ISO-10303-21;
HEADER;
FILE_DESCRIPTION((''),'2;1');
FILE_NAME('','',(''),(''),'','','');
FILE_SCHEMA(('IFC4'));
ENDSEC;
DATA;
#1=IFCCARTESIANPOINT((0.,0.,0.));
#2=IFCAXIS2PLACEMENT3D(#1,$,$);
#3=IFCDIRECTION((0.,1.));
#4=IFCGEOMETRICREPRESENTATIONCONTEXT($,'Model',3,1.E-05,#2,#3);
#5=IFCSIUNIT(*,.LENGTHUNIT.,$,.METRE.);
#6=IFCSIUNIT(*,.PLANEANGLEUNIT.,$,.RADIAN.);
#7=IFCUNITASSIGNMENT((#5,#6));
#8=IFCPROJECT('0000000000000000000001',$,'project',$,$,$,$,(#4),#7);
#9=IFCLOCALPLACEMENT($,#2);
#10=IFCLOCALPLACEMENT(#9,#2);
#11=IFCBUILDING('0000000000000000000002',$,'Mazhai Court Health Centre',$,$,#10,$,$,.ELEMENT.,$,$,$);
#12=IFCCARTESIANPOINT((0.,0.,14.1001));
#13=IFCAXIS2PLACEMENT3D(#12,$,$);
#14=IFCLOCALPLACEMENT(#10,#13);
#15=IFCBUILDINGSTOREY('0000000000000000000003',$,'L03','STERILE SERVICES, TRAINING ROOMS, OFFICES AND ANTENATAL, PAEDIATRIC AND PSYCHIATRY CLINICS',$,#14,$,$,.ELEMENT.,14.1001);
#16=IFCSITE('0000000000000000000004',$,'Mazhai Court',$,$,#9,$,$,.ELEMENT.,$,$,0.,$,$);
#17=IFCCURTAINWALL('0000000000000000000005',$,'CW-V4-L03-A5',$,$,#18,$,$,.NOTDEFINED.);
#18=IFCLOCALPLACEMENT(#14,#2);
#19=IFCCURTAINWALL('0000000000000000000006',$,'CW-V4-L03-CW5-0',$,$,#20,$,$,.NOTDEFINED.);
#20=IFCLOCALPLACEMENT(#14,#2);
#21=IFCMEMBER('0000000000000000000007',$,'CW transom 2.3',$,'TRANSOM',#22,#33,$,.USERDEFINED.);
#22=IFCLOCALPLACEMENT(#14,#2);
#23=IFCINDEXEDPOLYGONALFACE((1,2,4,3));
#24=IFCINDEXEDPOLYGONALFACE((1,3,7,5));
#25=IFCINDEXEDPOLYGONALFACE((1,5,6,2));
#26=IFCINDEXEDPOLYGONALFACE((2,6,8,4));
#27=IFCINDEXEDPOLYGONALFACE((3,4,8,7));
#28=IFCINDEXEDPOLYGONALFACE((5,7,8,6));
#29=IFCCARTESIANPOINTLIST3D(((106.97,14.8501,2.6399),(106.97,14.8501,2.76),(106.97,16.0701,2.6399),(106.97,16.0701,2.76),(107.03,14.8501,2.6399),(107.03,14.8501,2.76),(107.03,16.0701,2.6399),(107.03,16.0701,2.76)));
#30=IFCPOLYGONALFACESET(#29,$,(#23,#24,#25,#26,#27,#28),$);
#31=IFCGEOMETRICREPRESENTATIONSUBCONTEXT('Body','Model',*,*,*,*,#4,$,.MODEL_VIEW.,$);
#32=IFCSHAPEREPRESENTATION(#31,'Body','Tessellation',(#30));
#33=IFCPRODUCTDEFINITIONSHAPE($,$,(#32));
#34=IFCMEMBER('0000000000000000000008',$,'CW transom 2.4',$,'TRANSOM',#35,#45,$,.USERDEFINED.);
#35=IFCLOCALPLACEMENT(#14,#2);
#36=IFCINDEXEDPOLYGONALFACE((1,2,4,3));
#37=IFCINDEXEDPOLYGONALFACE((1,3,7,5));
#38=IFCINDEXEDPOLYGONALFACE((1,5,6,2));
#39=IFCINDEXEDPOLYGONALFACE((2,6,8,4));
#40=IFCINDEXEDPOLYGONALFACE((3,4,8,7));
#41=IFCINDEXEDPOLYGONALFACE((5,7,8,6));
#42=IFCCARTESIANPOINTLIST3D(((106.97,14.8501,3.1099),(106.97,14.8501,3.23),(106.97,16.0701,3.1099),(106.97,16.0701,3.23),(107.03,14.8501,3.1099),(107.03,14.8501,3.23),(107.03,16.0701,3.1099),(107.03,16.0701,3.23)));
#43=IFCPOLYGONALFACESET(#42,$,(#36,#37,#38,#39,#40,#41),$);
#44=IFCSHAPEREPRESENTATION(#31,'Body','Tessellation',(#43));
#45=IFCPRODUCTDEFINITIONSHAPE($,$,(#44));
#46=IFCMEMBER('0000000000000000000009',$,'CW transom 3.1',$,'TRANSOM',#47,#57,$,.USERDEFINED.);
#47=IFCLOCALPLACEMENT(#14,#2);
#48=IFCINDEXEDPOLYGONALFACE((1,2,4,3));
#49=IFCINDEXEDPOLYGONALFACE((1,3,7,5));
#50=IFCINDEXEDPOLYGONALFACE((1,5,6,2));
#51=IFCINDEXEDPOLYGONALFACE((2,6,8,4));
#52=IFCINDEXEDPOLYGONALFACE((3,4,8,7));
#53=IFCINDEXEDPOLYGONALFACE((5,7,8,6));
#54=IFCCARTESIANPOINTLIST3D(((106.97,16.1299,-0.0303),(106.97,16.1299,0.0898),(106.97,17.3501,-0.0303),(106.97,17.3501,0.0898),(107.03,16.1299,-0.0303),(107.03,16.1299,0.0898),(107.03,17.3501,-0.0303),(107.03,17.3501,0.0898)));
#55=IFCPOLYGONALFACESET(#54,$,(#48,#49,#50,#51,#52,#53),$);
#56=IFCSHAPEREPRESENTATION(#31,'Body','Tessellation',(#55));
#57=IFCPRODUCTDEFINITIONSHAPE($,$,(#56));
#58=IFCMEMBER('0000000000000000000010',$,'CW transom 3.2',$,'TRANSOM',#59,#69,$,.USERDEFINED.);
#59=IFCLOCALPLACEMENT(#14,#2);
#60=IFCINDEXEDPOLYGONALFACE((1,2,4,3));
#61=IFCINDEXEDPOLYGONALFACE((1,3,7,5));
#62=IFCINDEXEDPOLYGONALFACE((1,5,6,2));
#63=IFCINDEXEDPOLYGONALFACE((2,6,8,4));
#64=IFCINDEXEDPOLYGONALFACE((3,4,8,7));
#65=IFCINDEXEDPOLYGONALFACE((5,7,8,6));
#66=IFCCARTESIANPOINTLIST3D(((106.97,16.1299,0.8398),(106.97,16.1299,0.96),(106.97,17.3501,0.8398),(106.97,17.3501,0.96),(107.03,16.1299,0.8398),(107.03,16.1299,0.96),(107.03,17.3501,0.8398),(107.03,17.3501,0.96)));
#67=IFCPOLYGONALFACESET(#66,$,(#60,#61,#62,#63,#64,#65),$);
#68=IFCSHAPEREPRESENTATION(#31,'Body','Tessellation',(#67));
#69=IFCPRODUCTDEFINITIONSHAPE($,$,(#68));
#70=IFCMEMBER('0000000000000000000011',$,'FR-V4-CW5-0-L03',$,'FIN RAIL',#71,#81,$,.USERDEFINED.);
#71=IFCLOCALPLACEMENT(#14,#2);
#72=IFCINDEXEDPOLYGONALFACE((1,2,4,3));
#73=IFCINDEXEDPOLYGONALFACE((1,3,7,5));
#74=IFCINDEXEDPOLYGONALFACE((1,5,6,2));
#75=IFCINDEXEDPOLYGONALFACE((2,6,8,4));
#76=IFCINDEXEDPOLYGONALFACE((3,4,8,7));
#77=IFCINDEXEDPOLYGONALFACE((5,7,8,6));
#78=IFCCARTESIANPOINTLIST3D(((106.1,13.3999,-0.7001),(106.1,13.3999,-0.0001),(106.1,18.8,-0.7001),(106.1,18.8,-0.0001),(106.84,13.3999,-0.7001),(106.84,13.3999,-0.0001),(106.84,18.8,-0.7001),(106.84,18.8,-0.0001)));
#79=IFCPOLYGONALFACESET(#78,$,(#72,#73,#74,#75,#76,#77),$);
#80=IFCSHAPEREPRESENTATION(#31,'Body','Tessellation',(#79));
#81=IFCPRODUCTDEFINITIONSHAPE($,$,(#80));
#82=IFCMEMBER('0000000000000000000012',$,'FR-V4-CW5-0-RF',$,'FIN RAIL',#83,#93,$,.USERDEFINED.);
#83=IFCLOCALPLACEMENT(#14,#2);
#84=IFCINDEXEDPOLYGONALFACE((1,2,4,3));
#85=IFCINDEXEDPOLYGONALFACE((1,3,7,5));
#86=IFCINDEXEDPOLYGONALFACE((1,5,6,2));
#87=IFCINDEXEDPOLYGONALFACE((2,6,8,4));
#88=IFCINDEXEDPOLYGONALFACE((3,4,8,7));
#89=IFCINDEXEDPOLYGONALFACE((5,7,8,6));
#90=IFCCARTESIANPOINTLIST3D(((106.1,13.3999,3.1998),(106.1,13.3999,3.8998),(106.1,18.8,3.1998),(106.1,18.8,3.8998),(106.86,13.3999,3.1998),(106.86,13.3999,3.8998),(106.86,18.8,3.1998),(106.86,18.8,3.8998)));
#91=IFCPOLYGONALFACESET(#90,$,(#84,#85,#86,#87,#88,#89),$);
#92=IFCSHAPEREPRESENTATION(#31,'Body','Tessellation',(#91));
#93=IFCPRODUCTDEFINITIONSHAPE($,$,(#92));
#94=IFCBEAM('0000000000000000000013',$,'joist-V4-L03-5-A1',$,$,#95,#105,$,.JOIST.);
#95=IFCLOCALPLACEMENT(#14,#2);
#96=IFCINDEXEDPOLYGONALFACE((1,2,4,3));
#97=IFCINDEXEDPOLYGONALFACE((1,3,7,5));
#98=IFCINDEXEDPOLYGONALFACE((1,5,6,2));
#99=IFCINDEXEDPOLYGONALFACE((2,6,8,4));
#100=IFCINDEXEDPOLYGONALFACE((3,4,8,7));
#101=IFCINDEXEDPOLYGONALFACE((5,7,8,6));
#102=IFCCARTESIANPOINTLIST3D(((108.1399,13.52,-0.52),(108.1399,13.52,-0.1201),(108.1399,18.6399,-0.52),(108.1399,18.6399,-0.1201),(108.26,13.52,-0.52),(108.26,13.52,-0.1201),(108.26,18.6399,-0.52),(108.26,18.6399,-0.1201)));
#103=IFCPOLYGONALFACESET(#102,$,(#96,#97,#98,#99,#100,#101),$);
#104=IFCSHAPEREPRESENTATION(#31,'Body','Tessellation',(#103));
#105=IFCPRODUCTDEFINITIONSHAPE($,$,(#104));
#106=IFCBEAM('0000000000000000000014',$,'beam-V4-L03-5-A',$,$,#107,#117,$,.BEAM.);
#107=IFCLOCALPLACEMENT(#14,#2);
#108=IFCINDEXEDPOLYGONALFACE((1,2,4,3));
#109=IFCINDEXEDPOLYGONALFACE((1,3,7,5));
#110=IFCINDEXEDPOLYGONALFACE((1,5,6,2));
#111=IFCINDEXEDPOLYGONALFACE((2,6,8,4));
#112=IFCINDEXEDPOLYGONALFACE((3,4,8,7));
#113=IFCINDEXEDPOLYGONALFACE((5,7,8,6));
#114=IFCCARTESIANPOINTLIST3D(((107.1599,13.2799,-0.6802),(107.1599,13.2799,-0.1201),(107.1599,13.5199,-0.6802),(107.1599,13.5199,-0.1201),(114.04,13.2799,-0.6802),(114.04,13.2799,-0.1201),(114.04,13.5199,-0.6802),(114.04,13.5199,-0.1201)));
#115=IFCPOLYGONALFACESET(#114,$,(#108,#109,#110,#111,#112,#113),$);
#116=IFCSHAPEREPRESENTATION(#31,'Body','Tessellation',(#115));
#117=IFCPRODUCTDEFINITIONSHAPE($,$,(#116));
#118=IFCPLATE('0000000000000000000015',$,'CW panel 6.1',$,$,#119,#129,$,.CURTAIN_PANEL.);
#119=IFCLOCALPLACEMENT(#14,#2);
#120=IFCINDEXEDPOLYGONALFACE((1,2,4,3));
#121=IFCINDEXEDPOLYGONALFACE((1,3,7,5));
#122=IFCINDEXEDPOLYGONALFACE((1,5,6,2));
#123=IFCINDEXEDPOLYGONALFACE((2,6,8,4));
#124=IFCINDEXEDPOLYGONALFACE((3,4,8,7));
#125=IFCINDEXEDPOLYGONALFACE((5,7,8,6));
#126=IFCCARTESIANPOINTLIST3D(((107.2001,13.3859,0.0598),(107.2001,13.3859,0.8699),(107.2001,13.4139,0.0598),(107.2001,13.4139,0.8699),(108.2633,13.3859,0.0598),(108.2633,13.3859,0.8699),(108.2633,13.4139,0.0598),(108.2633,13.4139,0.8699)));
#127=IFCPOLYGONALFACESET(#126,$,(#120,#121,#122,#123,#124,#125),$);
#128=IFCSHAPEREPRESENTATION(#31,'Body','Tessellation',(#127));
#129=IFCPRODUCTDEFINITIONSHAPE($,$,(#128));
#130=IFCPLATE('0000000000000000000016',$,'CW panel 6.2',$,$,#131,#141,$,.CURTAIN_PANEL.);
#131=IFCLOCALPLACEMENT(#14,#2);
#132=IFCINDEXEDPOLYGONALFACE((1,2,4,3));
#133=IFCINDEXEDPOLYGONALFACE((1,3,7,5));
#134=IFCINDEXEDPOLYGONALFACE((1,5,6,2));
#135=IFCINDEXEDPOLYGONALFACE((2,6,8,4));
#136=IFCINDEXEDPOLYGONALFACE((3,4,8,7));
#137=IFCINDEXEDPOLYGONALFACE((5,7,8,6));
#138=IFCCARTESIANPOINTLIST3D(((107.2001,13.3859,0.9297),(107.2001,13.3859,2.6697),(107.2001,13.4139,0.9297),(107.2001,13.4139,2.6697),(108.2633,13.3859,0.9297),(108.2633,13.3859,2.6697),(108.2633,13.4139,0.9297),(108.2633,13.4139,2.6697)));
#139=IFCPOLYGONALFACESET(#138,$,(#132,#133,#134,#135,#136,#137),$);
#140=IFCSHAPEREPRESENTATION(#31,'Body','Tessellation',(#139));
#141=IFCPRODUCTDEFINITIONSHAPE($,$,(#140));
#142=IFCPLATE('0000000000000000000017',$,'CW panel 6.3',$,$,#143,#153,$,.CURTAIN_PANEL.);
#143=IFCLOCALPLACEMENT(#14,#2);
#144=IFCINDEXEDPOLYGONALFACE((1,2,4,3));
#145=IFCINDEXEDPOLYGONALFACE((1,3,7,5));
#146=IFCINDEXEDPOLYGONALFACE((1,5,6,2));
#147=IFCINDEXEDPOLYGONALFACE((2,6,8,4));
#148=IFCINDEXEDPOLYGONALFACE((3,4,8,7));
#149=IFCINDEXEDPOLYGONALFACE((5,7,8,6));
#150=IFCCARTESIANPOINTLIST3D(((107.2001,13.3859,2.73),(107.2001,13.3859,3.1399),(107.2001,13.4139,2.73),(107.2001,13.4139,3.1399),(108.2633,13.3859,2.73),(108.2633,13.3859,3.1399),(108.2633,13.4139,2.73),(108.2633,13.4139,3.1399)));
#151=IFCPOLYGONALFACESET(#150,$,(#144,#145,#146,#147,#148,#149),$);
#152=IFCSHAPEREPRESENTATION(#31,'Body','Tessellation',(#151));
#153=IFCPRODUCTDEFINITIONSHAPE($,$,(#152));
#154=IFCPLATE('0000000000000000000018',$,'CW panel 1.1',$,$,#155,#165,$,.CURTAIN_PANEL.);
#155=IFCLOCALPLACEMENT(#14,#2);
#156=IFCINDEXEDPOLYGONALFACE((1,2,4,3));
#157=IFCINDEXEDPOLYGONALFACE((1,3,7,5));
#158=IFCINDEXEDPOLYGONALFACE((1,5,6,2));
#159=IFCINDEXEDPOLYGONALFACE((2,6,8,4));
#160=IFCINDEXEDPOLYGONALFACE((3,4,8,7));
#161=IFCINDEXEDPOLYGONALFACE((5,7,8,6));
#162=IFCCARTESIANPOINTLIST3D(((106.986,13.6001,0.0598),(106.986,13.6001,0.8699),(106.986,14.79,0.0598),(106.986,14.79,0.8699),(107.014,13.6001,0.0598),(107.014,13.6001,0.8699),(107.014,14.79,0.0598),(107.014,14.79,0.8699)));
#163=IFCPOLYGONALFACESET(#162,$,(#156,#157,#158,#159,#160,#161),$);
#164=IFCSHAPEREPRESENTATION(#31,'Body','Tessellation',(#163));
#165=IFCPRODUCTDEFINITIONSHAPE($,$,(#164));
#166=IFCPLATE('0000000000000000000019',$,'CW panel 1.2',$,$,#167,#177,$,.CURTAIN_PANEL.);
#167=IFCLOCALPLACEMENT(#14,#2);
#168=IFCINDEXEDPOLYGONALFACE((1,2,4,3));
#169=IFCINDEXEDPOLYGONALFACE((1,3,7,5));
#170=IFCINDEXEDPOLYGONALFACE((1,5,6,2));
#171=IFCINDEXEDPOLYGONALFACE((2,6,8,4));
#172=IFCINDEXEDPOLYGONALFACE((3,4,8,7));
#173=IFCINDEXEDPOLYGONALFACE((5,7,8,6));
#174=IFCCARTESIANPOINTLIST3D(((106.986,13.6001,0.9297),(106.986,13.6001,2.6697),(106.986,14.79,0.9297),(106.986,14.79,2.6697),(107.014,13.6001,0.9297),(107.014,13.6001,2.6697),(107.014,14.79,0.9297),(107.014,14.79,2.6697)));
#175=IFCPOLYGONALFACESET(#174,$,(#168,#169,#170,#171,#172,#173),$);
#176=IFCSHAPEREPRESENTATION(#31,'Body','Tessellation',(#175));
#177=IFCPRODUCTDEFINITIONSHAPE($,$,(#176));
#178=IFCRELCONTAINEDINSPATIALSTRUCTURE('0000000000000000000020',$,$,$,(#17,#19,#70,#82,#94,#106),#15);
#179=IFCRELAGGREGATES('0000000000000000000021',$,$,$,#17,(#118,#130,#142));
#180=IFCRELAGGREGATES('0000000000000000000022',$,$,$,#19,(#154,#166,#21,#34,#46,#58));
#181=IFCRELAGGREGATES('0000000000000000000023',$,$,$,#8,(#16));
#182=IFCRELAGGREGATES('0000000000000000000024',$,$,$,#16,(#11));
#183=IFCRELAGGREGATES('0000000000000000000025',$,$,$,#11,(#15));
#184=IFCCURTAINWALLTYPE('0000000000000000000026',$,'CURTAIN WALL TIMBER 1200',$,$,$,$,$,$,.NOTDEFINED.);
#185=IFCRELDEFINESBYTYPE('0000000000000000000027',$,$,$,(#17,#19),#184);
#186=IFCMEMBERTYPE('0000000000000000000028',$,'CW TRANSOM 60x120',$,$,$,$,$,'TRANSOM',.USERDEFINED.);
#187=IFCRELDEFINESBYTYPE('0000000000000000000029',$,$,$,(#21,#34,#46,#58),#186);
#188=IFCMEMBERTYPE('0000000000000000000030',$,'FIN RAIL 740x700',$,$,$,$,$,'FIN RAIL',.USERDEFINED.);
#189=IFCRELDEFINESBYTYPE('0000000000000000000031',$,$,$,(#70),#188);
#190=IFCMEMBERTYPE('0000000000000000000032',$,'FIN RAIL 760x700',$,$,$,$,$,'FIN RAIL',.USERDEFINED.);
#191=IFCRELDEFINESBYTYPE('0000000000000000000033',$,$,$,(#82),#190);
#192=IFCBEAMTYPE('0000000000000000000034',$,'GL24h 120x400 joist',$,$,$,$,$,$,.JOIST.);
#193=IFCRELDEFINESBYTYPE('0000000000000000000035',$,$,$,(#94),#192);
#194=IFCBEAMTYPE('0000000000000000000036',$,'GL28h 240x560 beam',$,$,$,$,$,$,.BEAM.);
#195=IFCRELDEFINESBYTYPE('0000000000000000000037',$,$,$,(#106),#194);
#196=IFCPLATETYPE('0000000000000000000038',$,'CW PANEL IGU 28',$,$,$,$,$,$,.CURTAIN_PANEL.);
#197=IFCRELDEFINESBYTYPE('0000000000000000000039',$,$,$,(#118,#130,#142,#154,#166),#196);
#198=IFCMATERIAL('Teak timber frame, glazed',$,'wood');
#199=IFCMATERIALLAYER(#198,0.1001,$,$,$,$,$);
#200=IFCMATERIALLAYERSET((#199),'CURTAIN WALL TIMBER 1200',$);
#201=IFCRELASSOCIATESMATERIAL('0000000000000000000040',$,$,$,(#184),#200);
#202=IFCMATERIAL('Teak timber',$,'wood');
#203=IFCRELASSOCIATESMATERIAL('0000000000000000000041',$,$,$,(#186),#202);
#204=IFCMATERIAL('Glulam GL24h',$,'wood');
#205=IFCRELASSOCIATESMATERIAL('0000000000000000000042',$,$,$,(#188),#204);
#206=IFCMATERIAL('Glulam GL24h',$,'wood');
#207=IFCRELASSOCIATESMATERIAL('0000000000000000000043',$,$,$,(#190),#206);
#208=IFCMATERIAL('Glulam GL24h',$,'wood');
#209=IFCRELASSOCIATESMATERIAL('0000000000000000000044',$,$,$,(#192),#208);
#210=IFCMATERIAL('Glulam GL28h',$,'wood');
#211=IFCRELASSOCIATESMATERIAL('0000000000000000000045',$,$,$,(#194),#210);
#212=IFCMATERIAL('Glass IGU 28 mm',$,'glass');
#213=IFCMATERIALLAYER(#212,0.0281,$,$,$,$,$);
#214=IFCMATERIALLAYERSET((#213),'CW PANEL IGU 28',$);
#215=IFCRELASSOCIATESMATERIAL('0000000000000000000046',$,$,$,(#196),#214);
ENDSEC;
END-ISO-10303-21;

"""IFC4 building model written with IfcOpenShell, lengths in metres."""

from ifc_helpers import new_model, si_unit, direction, frame, origin, origin_2d, place, context, subcontext, project, spatial, rectangle, extrude, material, layer, layer_set, material_profile, profile_set, type_object, element, aggregate, save


model = new_model("IFC4")

# Units and contexts
model_context = context("Model", 3, precision=1e-05, world=origin(), true_north=direction((0.0, 1.0)))
body_context = subcontext(model_context, "Body", "Model", "MODEL_VIEW")
ifc_project = project(units=[si_unit("LENGTHUNIT", "METRE"), si_unit("PLANEANGLEUNIT", "RADIAN")], contexts=[model_context])

# Site, building, storey
site_placement = place(None, origin())
site = spatial("IfcSite", under=ifc_project, at=site_placement, Name="Mazhai Court", CompositionType="ELEMENT", RefElevation=0.0)
building_placement = place(site_placement, origin())
building = spatial("IfcBuilding", under=site, at=building_placement, Name="Mazhai Court Health Centre", CompositionType="ELEMENT")
storey_placement = place(building_placement, frame((0.0, 0.0, 14.1001)))
storey = spatial("IfcBuildingStorey", under=building, at=storey_placement, Name="L03", Description="STERILE SERVICES, TRAINING ROOMS, OFFICES AND ANTENATAL, PAEDIATRIC AND PSYCHIATRY CLINICS", CompositionType="ELEMENT", Elevation=14.1001)

# Curtain wall
ifc_material_1 = material(Name="Teak timber frame, glazed", Category="wood")
ifc_layer_1 = layer(ifc_material_1, 0.1001)
ifc_layer_set_1 = layer_set([ifc_layer_1], Name="CURTAIN WALL TIMBER 1200")
curtain_wall_type = type_object("IfcCurtainWallType", Name="CURTAIN WALL TIMBER 1200", PredefinedType="NOTDEFINED", material=ifc_layer_set_1)
curtain_wall_1_placement = place(storey_placement, origin())
curtain_wall_1 = element("IfcCurtainWall", 1, at=curtain_wall_1_placement, inside=storey, type_object=curtain_wall_type, Name="CW-V4-L03-A5", PredefinedType="NOTDEFINED")

# Curtain wall
curtain_wall_2_placement = place(storey_placement, origin())
curtain_wall_2 = element("IfcCurtainWall", 2, at=curtain_wall_2_placement, inside=storey, type_object=curtain_wall_type, Name="CW-V4-L03-CW5-0", PredefinedType="NOTDEFINED")

# Members
ifc_material_2 = material(Name="Teak timber", Category="wood")
ifc_material_profile_1 = material_profile(ifc_material_2, rectangle(XDim=0.0601, YDim=0.1201, at=origin_2d()), Name="CW TRANSOM 60x120")
ifc_profile_set_1 = profile_set([ifc_material_profile_1], Name="Teak timber")
member_type_1 = type_object("IfcMemberType", Name="CW TRANSOM 60x120", ElementType="TRANSOM", PredefinedType="USERDEFINED", material=ifc_profile_set_1)
member_1_placement = place(storey_placement, frame((107.0, 14.8501, 2.7), z_axis=(0.0, 1.0, 0.0), x_axis=(-1.0, 0.0, 0.0)))
member_1 = element("IfcMember", 3, at=member_1_placement, type_object=member_type_1, Name="CW transom 2.3", ObjectType="TRANSOM", PredefinedType="USERDEFINED", context=body_context, shape_type="SweptSolid", body=[
    extrude(rectangle(XDim=0.0601, YDim=0.1201, at=origin_2d()), origin(), (0.0, 0.0, 1.0), 1.22),
])
member_2_placement = place(storey_placement, frame((107.0, 14.8501, 3.1699), z_axis=(0.0, 1.0, 0.0), x_axis=(-1.0, 0.0, 0.0)))
member_2 = element("IfcMember", 4, at=member_2_placement, type_object=member_type_1, Name="CW transom 2.4", ObjectType="TRANSOM", PredefinedType="USERDEFINED", context=body_context, shape_type="SweptSolid", body=[
    extrude(rectangle(XDim=0.0601, YDim=0.1201, at=origin_2d()), origin(), (0.0, 0.0, 1.0), 1.22),
])
member_3_placement = place(storey_placement, frame((107.0, 16.1299, 0.0298), z_axis=(0.0, 1.0, 0.0), x_axis=(-1.0, 0.0, 0.0)))
member_3 = element("IfcMember", 5, at=member_3_placement, type_object=member_type_1, Name="CW transom 3.1", ObjectType="TRANSOM", PredefinedType="USERDEFINED", context=body_context, shape_type="SweptSolid", body=[
    extrude(rectangle(XDim=0.0601, YDim=0.1201, at=origin_2d()), origin(), (0.0, 0.0, 1.0), 1.2202),
])
member_4_placement = place(storey_placement, frame((107.0, 16.1299, 0.8999), z_axis=(0.0, 1.0, 0.0), x_axis=(-1.0, 0.0, 0.0)))
member_4 = element("IfcMember", 6, at=member_4_placement, type_object=member_type_1, Name="CW transom 3.2", ObjectType="TRANSOM", PredefinedType="USERDEFINED", context=body_context, shape_type="SweptSolid", body=[
    extrude(rectangle(XDim=0.0601, YDim=0.1201, at=origin_2d()), origin(), (0.0, 0.0, 1.0), 1.2202),
])

# Members
ifc_material_3 = material(Name="Glulam GL24h", Category="wood")
ifc_material_profile_2 = material_profile(ifc_material_3, rectangle(XDim=0.74, YDim=0.7, at=origin_2d()), Name="FIN RAIL 740x700")
ifc_profile_set_2 = profile_set([ifc_material_profile_2], Name="Glulam GL24h")
member_type_2 = type_object("IfcMemberType", Name="FIN RAIL 740x700", ElementType="FIN RAIL", PredefinedType="USERDEFINED", material=ifc_profile_set_2)
member_5_placement = place(storey_placement, frame((106.47, 13.3999, -0.3501), z_axis=(0.0, 1.0, 0.0), x_axis=(-1.0, 0.0, 0.0)))
element("IfcMember", 7, at=member_5_placement, inside=storey, type_object=member_type_2, Name="FR-V4-CW5-0-L03", ObjectType="FIN RAIL", PredefinedType="USERDEFINED", context=body_context, shape_type="SweptSolid", body=[
    extrude(rectangle(XDim=0.74, YDim=0.7, at=origin_2d()), origin(), (0.0, 0.0, 1.0), 5.4001),
])
ifc_material_4 = material(Name="Glulam GL24h", Category="wood")
ifc_material_profile_3 = material_profile(ifc_material_4, rectangle(XDim=0.76, YDim=0.7, at=origin_2d()), Name="FIN RAIL 760x700")
ifc_profile_set_3 = profile_set([ifc_material_profile_3], Name="Glulam GL24h")
member_type_3 = type_object("IfcMemberType", Name="FIN RAIL 760x700", ElementType="FIN RAIL", PredefinedType="USERDEFINED", material=ifc_profile_set_3)
member_6_placement = place(storey_placement, frame((106.48, 13.3999, 3.5498), z_axis=(0.0, 1.0, 0.0), x_axis=(-1.0, 0.0, 0.0)))
element("IfcMember", 8, at=member_6_placement, inside=storey, type_object=member_type_3, Name="FR-V4-CW5-0-RF", ObjectType="FIN RAIL", PredefinedType="USERDEFINED", context=body_context, shape_type="SweptSolid", body=[
    extrude(rectangle(XDim=0.76, YDim=0.7, at=origin_2d()), origin(), (0.0, 0.0, 1.0), 5.4001),
])

# Beams
ifc_material_5 = material(Name="Glulam GL24h", Category="wood")
ifc_material_profile_4 = material_profile(ifc_material_5, rectangle(XDim=0.1201, YDim=0.3999, at=origin_2d()), Name="GL24h 120x400")
ifc_profile_set_4 = profile_set([ifc_material_profile_4], Name="Glulam GL24h")
beam_type_1 = type_object("IfcBeamType", Name="GL24h 120x400 joist", PredefinedType="JOIST", material=ifc_profile_set_4)
beam_1_placement = place(storey_placement, frame((108.2, 13.52, -0.3201), z_axis=(0.0, 1.0, 0.0), x_axis=(-1.0, 0.0, 0.0)))
element("IfcBeam", 9, at=beam_1_placement, inside=storey, type_object=beam_type_1, Name="joist-V4-L03-5-A1", PredefinedType="JOIST", context=body_context, shape_type="SweptSolid", body=[
    extrude(rectangle(XDim=0.1201, YDim=0.3999, at=origin_2d()), origin(), (0.0, 0.0, 1.0), 5.1199),
])
ifc_material_6 = material(Name="Glulam GL28h", Category="wood")
ifc_material_profile_5 = material_profile(ifc_material_6, rectangle(XDim=0.24, YDim=0.5601, at=origin_2d()), Name="GL28h 240x560")
ifc_profile_set_5 = profile_set([ifc_material_profile_5], Name="Glulam GL28h")
beam_type_2 = type_object("IfcBeamType", Name="GL28h 240x560 beam", PredefinedType="BEAM", material=ifc_profile_set_5)
beam_2_placement = place(storey_placement, frame((107.1599, 13.3999, -0.4001), z_axis=(1.0, 0.0, 0.0), x_axis=(0.0, 1.0, 0.0)))
element("IfcBeam", 10, at=beam_2_placement, inside=storey, type_object=beam_type_2, Name="beam-V4-L03-5-A", PredefinedType="BEAM", context=body_context, shape_type="SweptSolid", body=[
    extrude(rectangle(XDim=0.24, YDim=0.5601, at=origin_2d()), origin(), (0.0, 0.0, 1.0), 6.8801),
])

# Plates
ifc_material_7 = material(Name="Glass IGU 28 mm", Category="glass")
ifc_layer_2 = layer(ifc_material_7, 0.0281)
ifc_layer_set_2 = layer_set([ifc_layer_2], Name="CW PANEL IGU 28")
plate_type = type_object("IfcPlateType", Name="CW PANEL IGU 28", PredefinedType="CURTAIN_PANEL", material=ifc_layer_set_2)
plate_1_placement = place(storey_placement, frame((107.7317, 13.3999, 0.0598), z_axis=(0.0, 0.0, 1.0), x_axis=(-1.0, 0.0, 0.0)))
plate_1 = element("IfcPlate", 11, at=plate_1_placement, type_object=plate_type, Name="CW panel 6.1", PredefinedType="CURTAIN_PANEL", context=body_context, shape_type="SweptSolid", body=[
    extrude(rectangle(XDim=1.0632, YDim=0.0281, at=origin_2d()), origin(), (0.0, 0.0, 1.0), 0.8101),
])
plate_2_placement = place(storey_placement, frame((107.7317, 13.3999, 0.9297), z_axis=(0.0, 0.0, 1.0), x_axis=(-1.0, 0.0, 0.0)))
plate_2 = element("IfcPlate", 12, at=plate_2_placement, type_object=plate_type, Name="CW panel 6.2", PredefinedType="CURTAIN_PANEL", context=body_context, shape_type="SweptSolid", body=[
    extrude(rectangle(XDim=1.0632, YDim=0.0281, at=origin_2d()), origin(), (0.0, 0.0, 1.0), 1.74),
])
plate_3_placement = place(storey_placement, frame((107.7317, 13.3999, 2.73), z_axis=(0.0, 0.0, 1.0), x_axis=(-1.0, 0.0, 0.0)))
plate_3 = element("IfcPlate", 13, at=plate_3_placement, type_object=plate_type, Name="CW panel 6.3", PredefinedType="CURTAIN_PANEL", context=body_context, shape_type="SweptSolid", body=[
    extrude(rectangle(XDim=1.0632, YDim=0.0281, at=origin_2d()), origin(), (0.0, 0.0, 1.0), 0.4099),
])
aggregate(curtain_wall_1, [plate_1, plate_2, plate_3])
plate_4_placement = place(storey_placement, frame((107.0, 14.1951, 0.0598), z_axis=(0.0, 0.0, 1.0), x_axis=(0.0, 1.0, 0.0)))
plate_4 = element("IfcPlate", 14, at=plate_4_placement, type_object=plate_type, Name="CW panel 1.1", PredefinedType="CURTAIN_PANEL", context=body_context, shape_type="SweptSolid", body=[
    extrude(rectangle(XDim=1.1899, YDim=0.0281, at=origin_2d()), origin(), (0.0, 0.0, 1.0), 0.8101),
])
plate_5_placement = place(storey_placement, frame((107.0, 14.1951, 0.9297), z_axis=(0.0, 0.0, 1.0), x_axis=(0.0, 1.0, 0.0)))
plate_5 = element("IfcPlate", 15, at=plate_5_placement, type_object=plate_type, Name="CW panel 1.2", PredefinedType="CURTAIN_PANEL", context=body_context, shape_type="SweptSolid", body=[
    extrude(rectangle(XDim=1.1899, YDim=0.0281, at=origin_2d()), origin(), (0.0, 0.0, 1.0), 1.74),
])
aggregate(curtain_wall_2, [plate_4, plate_5, member_1, member_2, member_3, member_4])

save(model, "model.ifc")
